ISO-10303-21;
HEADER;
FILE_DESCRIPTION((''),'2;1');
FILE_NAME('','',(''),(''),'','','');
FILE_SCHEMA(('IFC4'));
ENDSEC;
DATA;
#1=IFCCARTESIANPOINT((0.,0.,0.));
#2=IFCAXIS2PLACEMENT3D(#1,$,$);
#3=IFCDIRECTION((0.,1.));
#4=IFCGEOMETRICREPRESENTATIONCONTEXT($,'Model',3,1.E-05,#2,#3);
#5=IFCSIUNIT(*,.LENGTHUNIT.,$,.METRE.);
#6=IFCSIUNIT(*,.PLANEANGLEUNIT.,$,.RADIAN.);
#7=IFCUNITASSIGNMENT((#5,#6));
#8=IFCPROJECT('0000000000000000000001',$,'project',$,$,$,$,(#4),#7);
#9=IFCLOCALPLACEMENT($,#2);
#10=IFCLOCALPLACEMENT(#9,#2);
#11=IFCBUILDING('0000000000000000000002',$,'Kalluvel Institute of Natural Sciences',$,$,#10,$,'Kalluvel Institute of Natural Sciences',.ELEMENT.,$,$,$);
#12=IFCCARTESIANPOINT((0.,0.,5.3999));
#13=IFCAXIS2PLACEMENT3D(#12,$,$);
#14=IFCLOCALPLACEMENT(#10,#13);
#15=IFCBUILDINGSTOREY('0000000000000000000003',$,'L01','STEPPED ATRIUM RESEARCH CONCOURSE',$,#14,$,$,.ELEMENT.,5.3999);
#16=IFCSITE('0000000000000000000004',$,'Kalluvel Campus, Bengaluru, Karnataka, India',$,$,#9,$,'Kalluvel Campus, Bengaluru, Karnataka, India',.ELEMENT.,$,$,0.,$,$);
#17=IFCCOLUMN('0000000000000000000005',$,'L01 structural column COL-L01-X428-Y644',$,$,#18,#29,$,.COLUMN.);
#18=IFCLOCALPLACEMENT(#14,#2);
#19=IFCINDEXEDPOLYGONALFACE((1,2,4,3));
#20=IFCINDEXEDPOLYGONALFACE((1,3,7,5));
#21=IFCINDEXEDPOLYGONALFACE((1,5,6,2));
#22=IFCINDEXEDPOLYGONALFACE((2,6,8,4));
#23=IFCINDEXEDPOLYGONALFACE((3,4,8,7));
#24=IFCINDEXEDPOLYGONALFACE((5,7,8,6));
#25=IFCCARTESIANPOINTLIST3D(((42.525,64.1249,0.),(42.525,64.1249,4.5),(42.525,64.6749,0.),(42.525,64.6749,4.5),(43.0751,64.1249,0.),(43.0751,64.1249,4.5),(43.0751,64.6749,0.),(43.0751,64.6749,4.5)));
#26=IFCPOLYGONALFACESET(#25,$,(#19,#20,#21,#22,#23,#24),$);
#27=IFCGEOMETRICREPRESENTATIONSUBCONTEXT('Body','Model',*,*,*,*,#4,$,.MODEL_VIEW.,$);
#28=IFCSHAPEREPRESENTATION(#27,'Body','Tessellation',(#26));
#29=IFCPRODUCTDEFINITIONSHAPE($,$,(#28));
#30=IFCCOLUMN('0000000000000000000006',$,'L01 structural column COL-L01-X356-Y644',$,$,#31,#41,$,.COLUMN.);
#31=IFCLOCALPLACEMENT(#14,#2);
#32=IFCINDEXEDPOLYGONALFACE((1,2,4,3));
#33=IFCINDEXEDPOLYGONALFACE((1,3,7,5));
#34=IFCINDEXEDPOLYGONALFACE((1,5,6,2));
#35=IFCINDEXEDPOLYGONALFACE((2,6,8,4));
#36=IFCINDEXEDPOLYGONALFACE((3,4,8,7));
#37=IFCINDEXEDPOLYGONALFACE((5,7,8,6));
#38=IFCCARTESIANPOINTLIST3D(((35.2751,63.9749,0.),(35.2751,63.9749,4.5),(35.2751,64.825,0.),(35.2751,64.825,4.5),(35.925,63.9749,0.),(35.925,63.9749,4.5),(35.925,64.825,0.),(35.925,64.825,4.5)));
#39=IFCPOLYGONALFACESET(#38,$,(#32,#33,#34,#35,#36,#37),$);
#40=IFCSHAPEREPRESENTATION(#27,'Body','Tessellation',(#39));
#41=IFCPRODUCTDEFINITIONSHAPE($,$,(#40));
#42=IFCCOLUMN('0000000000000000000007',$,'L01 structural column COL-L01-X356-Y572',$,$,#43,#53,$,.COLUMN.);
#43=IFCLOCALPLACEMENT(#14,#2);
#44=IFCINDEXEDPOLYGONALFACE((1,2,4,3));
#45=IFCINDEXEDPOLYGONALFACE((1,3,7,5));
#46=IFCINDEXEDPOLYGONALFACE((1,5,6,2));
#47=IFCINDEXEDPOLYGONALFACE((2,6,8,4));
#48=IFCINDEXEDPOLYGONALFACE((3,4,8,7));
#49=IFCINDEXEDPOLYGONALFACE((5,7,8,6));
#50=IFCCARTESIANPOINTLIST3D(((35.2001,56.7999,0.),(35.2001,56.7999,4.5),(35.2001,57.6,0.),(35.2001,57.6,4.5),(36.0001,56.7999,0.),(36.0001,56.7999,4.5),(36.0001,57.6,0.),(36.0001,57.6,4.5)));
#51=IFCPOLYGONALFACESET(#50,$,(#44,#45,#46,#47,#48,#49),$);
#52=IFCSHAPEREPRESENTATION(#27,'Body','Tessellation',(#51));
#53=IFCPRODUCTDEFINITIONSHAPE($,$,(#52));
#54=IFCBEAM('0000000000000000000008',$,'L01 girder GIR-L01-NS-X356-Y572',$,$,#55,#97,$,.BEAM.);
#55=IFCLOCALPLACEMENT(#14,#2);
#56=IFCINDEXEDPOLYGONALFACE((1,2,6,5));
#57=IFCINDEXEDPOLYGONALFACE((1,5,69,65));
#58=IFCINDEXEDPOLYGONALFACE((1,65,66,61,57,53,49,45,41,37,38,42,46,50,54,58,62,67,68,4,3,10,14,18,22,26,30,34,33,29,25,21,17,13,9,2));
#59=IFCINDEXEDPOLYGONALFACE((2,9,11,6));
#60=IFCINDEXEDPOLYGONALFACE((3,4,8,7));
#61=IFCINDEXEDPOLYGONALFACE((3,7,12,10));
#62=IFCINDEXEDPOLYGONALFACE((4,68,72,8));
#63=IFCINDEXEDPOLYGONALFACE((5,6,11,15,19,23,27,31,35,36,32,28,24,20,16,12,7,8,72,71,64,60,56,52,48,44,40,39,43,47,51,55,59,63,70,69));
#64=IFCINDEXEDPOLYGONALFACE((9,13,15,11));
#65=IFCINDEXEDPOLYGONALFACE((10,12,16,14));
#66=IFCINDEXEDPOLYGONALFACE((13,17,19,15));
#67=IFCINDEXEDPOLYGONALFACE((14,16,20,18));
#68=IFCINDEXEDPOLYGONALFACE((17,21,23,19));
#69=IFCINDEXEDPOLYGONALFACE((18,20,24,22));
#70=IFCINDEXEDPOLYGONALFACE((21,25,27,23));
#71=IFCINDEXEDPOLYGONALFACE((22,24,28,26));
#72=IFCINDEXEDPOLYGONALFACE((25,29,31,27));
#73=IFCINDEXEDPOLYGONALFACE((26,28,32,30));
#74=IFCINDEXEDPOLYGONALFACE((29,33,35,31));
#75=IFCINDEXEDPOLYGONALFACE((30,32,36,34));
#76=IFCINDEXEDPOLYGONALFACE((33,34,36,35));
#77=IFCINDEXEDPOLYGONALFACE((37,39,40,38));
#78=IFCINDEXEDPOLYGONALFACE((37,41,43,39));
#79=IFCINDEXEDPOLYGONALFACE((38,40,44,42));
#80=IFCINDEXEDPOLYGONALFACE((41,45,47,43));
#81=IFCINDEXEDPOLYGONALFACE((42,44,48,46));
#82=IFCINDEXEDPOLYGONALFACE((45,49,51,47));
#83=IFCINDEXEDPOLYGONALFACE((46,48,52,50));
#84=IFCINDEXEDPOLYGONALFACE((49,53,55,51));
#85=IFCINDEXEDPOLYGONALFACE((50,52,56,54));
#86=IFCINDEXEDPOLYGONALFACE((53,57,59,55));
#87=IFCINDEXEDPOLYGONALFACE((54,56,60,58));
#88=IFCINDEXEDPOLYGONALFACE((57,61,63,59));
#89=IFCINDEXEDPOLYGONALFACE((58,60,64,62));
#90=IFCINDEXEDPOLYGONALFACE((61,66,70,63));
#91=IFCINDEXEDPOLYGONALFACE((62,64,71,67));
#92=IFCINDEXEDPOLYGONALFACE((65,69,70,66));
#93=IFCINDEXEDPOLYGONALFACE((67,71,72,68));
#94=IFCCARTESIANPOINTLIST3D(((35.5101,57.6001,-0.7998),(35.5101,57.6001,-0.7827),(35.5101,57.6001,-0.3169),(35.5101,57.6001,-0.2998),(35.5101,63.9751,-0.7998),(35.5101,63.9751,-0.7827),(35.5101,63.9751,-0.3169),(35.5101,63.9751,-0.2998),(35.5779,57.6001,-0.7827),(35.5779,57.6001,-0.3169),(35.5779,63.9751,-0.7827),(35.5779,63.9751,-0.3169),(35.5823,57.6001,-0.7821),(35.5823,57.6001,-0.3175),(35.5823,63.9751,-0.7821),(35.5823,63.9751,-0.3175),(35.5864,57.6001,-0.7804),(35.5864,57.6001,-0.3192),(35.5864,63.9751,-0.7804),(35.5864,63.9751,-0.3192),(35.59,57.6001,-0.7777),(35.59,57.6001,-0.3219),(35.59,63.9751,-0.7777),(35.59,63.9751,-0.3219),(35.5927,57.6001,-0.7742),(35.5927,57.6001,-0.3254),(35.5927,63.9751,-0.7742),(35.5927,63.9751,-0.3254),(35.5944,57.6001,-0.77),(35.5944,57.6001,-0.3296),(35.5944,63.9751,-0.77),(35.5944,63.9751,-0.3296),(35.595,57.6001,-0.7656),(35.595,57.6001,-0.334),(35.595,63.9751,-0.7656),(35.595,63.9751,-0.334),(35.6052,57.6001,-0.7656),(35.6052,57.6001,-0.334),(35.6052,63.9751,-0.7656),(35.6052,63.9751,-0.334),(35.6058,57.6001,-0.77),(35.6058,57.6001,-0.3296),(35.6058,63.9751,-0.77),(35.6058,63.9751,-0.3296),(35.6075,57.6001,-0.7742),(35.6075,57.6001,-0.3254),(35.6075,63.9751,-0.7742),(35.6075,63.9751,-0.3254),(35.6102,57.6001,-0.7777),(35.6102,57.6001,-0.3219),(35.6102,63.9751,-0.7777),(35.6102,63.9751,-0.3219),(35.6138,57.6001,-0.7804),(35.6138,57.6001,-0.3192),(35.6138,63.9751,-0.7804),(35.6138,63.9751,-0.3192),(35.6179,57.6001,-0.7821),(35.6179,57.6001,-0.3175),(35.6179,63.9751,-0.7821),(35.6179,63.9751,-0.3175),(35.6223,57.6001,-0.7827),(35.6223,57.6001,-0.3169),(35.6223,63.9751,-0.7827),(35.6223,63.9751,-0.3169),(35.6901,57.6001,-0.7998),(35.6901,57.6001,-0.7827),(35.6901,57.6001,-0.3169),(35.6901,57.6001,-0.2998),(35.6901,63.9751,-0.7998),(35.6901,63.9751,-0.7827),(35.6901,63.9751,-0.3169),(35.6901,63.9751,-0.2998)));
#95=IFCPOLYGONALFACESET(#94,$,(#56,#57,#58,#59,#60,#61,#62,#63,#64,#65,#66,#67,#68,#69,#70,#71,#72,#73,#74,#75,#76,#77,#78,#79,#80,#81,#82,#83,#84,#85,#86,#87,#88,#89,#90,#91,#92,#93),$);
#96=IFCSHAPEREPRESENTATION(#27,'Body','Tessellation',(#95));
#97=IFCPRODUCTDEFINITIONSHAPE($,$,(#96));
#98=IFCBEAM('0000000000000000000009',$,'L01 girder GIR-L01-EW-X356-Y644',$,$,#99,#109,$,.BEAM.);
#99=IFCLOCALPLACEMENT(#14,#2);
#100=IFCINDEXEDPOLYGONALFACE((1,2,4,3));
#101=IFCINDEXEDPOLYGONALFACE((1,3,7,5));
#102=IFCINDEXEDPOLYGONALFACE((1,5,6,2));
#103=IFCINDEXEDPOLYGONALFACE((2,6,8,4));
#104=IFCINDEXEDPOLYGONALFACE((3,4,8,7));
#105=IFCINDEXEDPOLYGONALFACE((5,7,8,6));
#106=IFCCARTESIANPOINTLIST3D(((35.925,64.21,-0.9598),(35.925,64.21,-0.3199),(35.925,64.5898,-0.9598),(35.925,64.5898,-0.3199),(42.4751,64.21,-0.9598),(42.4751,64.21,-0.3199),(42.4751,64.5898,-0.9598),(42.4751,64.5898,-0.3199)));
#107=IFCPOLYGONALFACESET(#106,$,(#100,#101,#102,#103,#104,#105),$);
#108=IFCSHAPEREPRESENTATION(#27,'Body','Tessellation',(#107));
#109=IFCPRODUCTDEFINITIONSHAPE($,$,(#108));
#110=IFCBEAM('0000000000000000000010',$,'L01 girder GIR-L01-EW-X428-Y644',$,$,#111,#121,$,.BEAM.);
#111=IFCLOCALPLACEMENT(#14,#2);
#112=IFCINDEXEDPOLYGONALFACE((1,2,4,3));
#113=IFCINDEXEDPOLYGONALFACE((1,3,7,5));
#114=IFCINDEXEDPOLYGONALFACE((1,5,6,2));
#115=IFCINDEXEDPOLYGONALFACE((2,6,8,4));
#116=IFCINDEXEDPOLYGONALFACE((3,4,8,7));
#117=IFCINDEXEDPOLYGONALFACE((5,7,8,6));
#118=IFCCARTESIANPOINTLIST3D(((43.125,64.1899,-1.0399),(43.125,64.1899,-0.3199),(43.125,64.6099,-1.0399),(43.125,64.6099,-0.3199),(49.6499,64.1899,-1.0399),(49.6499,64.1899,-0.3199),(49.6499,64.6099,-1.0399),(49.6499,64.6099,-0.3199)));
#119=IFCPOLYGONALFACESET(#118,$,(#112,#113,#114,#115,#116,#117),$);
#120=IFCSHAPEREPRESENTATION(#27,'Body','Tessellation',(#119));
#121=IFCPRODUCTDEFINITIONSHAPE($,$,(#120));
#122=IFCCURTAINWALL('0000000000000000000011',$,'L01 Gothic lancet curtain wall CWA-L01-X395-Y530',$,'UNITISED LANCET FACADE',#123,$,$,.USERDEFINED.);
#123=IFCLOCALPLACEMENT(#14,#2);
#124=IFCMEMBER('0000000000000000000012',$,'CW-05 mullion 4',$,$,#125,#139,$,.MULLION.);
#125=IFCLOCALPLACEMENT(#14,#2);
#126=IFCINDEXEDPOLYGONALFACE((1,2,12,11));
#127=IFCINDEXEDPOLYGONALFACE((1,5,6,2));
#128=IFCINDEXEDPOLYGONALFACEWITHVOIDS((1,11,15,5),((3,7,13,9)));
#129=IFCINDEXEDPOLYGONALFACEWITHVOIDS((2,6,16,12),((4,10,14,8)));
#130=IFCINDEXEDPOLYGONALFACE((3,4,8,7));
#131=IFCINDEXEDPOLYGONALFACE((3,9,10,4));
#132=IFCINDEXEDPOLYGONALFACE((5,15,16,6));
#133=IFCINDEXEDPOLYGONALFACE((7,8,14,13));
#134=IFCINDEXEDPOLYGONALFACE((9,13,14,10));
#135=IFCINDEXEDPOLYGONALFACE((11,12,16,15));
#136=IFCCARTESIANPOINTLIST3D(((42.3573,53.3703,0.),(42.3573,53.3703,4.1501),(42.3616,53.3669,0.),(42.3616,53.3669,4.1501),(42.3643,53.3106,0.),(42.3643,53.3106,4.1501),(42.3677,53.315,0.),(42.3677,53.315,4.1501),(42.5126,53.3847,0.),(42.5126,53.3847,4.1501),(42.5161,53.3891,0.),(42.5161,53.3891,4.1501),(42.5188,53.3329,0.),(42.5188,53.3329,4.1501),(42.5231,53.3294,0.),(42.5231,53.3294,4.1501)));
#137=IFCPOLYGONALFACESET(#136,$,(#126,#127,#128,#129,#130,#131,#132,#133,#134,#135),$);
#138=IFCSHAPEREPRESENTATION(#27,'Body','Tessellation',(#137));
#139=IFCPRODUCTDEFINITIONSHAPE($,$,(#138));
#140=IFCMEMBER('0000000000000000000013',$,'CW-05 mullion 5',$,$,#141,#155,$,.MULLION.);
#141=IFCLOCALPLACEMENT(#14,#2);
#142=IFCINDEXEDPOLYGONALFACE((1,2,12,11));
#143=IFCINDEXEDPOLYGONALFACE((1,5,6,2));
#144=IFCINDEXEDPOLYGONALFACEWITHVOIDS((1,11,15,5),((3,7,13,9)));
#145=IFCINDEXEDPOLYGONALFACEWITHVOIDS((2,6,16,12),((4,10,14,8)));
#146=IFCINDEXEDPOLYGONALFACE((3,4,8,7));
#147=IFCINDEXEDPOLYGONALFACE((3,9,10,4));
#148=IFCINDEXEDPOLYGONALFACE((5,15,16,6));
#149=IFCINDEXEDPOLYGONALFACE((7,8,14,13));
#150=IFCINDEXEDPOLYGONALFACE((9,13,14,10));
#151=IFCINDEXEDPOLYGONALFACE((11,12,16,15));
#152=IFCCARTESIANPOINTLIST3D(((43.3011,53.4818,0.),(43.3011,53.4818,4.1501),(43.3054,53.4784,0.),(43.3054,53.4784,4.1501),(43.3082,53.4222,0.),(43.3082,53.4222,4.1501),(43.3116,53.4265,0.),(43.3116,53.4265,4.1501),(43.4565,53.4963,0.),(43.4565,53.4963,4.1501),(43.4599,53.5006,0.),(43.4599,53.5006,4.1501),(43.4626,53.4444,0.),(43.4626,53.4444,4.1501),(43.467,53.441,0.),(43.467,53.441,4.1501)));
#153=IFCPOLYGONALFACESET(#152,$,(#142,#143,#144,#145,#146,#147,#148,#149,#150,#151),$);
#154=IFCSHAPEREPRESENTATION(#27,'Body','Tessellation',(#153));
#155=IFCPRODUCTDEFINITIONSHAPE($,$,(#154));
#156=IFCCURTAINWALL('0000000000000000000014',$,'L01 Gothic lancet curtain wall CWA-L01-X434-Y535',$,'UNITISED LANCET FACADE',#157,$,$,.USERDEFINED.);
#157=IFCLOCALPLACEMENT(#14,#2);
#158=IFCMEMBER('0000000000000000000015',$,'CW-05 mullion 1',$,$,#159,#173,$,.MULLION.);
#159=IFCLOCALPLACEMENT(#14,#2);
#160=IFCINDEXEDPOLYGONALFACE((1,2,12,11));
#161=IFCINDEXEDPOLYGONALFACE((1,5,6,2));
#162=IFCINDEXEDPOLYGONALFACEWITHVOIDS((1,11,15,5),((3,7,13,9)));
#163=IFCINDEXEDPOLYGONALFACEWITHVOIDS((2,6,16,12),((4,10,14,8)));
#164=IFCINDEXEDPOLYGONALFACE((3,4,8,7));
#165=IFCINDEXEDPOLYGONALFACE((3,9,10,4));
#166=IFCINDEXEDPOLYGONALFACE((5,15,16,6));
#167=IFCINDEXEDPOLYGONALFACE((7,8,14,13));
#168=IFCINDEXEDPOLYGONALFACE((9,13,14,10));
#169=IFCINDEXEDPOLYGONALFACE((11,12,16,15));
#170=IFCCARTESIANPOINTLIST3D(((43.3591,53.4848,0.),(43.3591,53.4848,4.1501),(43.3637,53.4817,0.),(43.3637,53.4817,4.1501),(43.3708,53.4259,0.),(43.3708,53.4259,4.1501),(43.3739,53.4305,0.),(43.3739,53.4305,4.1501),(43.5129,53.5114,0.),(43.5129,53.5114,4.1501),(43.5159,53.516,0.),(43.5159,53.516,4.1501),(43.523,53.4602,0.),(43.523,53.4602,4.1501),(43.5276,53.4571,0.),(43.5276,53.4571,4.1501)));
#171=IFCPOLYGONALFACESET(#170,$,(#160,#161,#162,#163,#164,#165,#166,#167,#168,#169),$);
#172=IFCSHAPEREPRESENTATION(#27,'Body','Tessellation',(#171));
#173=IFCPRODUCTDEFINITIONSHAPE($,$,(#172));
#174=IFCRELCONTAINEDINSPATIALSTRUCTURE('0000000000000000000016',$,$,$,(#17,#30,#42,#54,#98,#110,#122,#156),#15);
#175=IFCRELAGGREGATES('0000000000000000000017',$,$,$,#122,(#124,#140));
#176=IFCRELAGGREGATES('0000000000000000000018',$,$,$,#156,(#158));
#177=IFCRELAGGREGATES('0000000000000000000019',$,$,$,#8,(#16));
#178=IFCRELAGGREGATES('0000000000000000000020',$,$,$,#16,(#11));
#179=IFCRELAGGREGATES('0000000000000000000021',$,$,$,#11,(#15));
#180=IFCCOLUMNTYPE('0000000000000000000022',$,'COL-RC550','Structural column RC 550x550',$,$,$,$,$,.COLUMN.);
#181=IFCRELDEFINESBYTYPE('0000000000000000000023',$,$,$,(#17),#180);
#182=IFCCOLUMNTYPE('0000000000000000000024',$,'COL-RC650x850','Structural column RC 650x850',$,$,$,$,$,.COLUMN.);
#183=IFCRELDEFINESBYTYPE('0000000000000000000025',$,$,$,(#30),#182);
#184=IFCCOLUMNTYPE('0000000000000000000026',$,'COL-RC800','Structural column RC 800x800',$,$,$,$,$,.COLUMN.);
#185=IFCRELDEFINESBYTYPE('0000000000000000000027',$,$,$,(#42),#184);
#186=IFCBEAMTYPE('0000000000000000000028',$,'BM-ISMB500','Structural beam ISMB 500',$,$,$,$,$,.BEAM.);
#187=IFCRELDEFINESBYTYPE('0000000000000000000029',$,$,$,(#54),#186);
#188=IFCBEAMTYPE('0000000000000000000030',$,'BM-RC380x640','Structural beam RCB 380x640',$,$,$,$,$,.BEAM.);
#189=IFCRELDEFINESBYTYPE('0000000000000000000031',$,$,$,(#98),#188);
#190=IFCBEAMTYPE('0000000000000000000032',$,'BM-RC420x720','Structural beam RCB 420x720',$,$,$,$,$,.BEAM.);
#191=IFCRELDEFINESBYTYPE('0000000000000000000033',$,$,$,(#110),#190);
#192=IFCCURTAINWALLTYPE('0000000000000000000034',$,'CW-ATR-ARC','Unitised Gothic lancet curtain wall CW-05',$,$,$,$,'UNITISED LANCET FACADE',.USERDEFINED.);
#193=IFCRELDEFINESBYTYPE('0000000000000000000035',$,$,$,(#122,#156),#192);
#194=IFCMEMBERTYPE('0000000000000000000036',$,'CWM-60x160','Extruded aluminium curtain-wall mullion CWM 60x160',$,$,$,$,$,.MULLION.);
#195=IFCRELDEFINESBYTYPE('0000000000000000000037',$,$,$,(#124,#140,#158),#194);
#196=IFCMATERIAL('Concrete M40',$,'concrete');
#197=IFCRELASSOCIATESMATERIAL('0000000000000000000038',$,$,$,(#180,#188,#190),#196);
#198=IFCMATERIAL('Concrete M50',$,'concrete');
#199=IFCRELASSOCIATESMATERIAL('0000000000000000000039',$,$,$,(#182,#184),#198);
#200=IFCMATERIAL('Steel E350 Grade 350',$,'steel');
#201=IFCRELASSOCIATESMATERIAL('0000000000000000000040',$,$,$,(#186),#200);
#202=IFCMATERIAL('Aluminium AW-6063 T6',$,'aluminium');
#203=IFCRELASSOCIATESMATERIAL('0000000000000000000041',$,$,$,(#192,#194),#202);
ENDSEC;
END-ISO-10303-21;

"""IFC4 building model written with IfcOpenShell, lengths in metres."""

from ifc_helpers import new_model, si_unit, direction, frame, origin, origin_2d, place, context, subcontext, project, spatial, rectangle, hollow_rectangle, i_section, extrude, material, material_profile, profile_set, type_object, element, aggregate, save


model = new_model("IFC4")

# Units and contexts
model_context = context("Model", 3, precision=1e-05, world=origin(), true_north=direction((0.0, 1.0)))
body_context = subcontext(model_context, "Body", "Model", "MODEL_VIEW")
ifc_project = project(units=[si_unit("LENGTHUNIT", "METRE"), si_unit("PLANEANGLEUNIT", "RADIAN")], contexts=[model_context])

# Site, building, storey
site_placement = place(None, origin())
site = spatial("IfcSite", under=ifc_project, at=site_placement, Name="Kalluvel Campus, Bengaluru, Karnataka, India", LongName="Kalluvel Campus, Bengaluru, Karnataka, India", CompositionType="ELEMENT", RefElevation=0.0)
building_placement = place(site_placement, origin())
building = spatial("IfcBuilding", under=site, at=building_placement, Name="Kalluvel Institute of Natural Sciences", LongName="Kalluvel Institute of Natural Sciences", CompositionType="ELEMENT")
storey_placement = place(building_placement, frame((0.0, 0.0, 5.3999)))
storey = spatial("IfcBuildingStorey", under=building, at=storey_placement, Name="L01", Description="STEPPED ATRIUM RESEARCH CONCOURSE", CompositionType="ELEMENT", Elevation=5.3999)

# Columns
ifc_material_1 = material(Name="Concrete M40", Category="concrete")
ifc_material_profile_1 = material_profile(ifc_material_1, rectangle(XDim=0.55, YDim=0.55, at=origin_2d()), Name="RC 550x550")
ifc_profile_set_1 = profile_set([ifc_material_profile_1], Name="Concrete M40")
column_type_1 = type_object("IfcColumnType", Name="COL-RC550", Description="Structural column RC 550x550", PredefinedType="COLUMN", material=ifc_profile_set_1)
column_1_placement = place(storey_placement, frame((42.8, 64.3999, 0.0), z_axis=(0.0, 0.0, 1.0), x_axis=(1.0, 0.0, 0.0)))
element("IfcColumn", 1, at=column_1_placement, inside=storey, type_object=column_type_1, Name="L01 structural column COL-L01-X428-Y644", PredefinedType="COLUMN", context=body_context, shape_type="SweptSolid", body=[
    extrude(rectangle(XDim=0.55, YDim=0.55, at=origin_2d()), origin(), (0.0, 0.0, 1.0), 4.5),
])
ifc_material_2 = material(Name="Concrete M50", Category="concrete")
ifc_material_profile_2 = material_profile(ifc_material_2, rectangle(XDim=0.6499, YDim=0.8501, at=origin_2d()), Name="RC 650x850")
ifc_profile_set_2 = profile_set([ifc_material_profile_2], Name="Concrete M50")
column_type_2 = type_object("IfcColumnType", Name="COL-RC650x850", Description="Structural column RC 650x850", PredefinedType="COLUMN", material=ifc_profile_set_2)
column_2_placement = place(storey_placement, frame((35.6001, 64.3999, 0.0), z_axis=(0.0, 0.0, 1.0), x_axis=(1.0, 0.0, 0.0)))
element("IfcColumn", 2, at=column_2_placement, inside=storey, type_object=column_type_2, Name="L01 structural column COL-L01-X356-Y644", PredefinedType="COLUMN", context=body_context, shape_type="SweptSolid", body=[
    extrude(rectangle(XDim=0.6499, YDim=0.8501, at=origin_2d()), origin(), (0.0, 0.0, 1.0), 4.5),
])
ifc_material_profile_3 = material_profile(ifc_material_2, rectangle(XDim=0.8, YDim=0.8, at=origin_2d()), Name="RC 800x800")
ifc_profile_set_3 = profile_set([ifc_material_profile_3], Name="Concrete M50")
column_type_3 = type_object("IfcColumnType", Name="COL-RC800", Description="Structural column RC 800x800", PredefinedType="COLUMN", material=ifc_profile_set_3)
column_3_placement = place(storey_placement, frame((35.6001, 57.2, 0.0), z_axis=(0.0, 0.0, 1.0), x_axis=(1.0, 0.0, 0.0)))
element("IfcColumn", 3, at=column_3_placement, inside=storey, type_object=column_type_3, Name="L01 structural column COL-L01-X356-Y572", PredefinedType="COLUMN", context=body_context, shape_type="SweptSolid", body=[
    extrude(rectangle(XDim=0.8, YDim=0.8, at=origin_2d()), origin(), (0.0, 0.0, 1.0), 4.5),
])

# Beams
ifc_material_3 = material(Name="Steel E350 Grade 350", Category="steel")
ifc_material_profile_4 = material_profile(ifc_material_3, i_section(OverallWidth=0.1799, OverallDepth=0.5, WebThickness=0.0103, FlangeThickness=0.0171, FilletRadius=0.0171, at=origin_2d()), Name="ISMB 500")
ifc_profile_set_4 = profile_set([ifc_material_profile_4], Name="Steel E350 Grade 350")
beam_type_1 = type_object("IfcBeamType", Name="BM-ISMB500", Description="Structural beam ISMB 500", PredefinedType="BEAM", material=ifc_profile_set_4)
beam_1_placement = place(storey_placement, frame((35.6001, 57.6001, -0.5498), z_axis=(0.0, 1.0, 0.0), x_axis=(-1.0, 0.0, 0.0)))
element("IfcBeam", 4, at=beam_1_placement, inside=storey, type_object=beam_type_1, Name="L01 girder GIR-L01-NS-X356-Y572", PredefinedType="BEAM", context=body_context, shape_type="SweptSolid", body=[
    extrude(i_section(OverallWidth=0.1799, OverallDepth=0.5, WebThickness=0.0103, FlangeThickness=0.0171, FilletRadius=0.0171, at=origin_2d()), origin(), (0.0, 0.0, 1.0), 6.375),
])
ifc_material_profile_5 = material_profile(ifc_material_1, rectangle(XDim=0.3799, YDim=0.6399, at=origin_2d()), Name="RCB 380x640")
ifc_profile_set_5 = profile_set([ifc_material_profile_5], Name="Concrete M40")
beam_type_2 = type_object("IfcBeamType", Name="BM-RC380x640", Description="Structural beam RCB 380x640", PredefinedType="BEAM", material=ifc_profile_set_5)
beam_2_placement = place(storey_placement, frame((35.925, 64.3999, -0.6399), z_axis=(1.0, 0.0, 0.0), x_axis=(0.0, 1.0, 0.0)))
element("IfcBeam", 5, at=beam_2_placement, inside=storey, type_object=beam_type_2, Name="L01 girder GIR-L01-EW-X356-Y644", PredefinedType="BEAM", context=body_context, shape_type="SweptSolid", body=[
    extrude(rectangle(XDim=0.3799, YDim=0.6399, at=origin_2d()), origin(), (0.0, 0.0, 1.0), 6.55),
])
ifc_material_profile_6 = material_profile(ifc_material_1, rectangle(XDim=0.4199, YDim=0.72, at=origin_2d()), Name="RCB 420x720")
ifc_profile_set_6 = profile_set([ifc_material_profile_6], Name="Concrete M40")
beam_type_3 = type_object("IfcBeamType", Name="BM-RC420x720", Description="Structural beam RCB 420x720", PredefinedType="BEAM", material=ifc_profile_set_6)
beam_3_placement = place(storey_placement, frame((43.125, 64.3999, -0.6799), z_axis=(1.0, 0.0, 0.0), x_axis=(0.0, 1.0, 0.0)))
element("IfcBeam", 6, at=beam_3_placement, inside=storey, type_object=beam_type_3, Name="L01 girder GIR-L01-EW-X428-Y644", PredefinedType="BEAM", context=body_context, shape_type="SweptSolid", body=[
    extrude(rectangle(XDim=0.4199, YDim=0.72, at=origin_2d()), origin(), (0.0, 0.0, 1.0), 6.5249),
])

# Curtain wall, members
ifc_material_4 = material(Name="Aluminium AW-6063 T6", Category="aluminium")
curtain_wall_type = type_object("IfcCurtainWallType", Name="CW-ATR-ARC", Description="Unitised Gothic lancet curtain wall CW-05", ElementType="UNITISED LANCET FACADE", PredefinedType="USERDEFINED", material=ifc_material_4)
curtain_wall_1_placement = place(storey_placement, origin())
curtain_wall_1 = element("IfcCurtainWall", 7, at=curtain_wall_1_placement, inside=storey, type_object=curtain_wall_type, Name="L01 Gothic lancet curtain wall CWA-L01-X395-Y530", ObjectType="UNITISED LANCET FACADE", PredefinedType="USERDEFINED")
ifc_material_profile_7 = material_profile(ifc_material_4, hollow_rectangle(XDim=0.0601, YDim=0.1599, WallThickness=0.0039, at=origin_2d()), Name="CWM 60x160")
ifc_profile_set_7 = profile_set([ifc_material_profile_7], Name="Aluminium AW-6063 T6")
member_type_1 = type_object("IfcMemberType", Name="CWM-60x160", Description="Extruded aluminium curtain-wall mullion CWM 60x160", PredefinedType="MULLION", material=ifc_profile_set_7)
member_1_placement = place(storey_placement, frame((42.4402, 53.3499, 0.0), z_axis=(0.0, 0.0, 1.0), x_axis=(-0.117539, 0.993068, 0.0)))
member_1 = element("IfcMember", 8, at=member_1_placement, type_object=member_type_1, Name="CW-05 mullion 4", PredefinedType="MULLION", context=body_context, shape_type="SweptSolid", body=[
    extrude(hollow_rectangle(XDim=0.0601, YDim=0.1599, WallThickness=0.0039, at=origin_2d()), origin(), (0.0, 0.0, 1.0), 4.1501),
])
member_2_placement = place(storey_placement, frame((43.384, 53.4614, 0.0), z_axis=(0.0, 0.0, 1.0), x_axis=(-0.117539, 0.993068, 0.0)))
member_2 = element("IfcMember", 9, at=member_2_placement, type_object=member_type_1, Name="CW-05 mullion 5", PredefinedType="MULLION", context=body_context, shape_type="SweptSolid", body=[
    extrude(hollow_rectangle(XDim=0.0601, YDim=0.1599, WallThickness=0.0039, at=origin_2d()), origin(), (0.0, 0.0, 1.0), 4.1501),
])

# Curtain wall, member
curtain_wall_2_placement = place(storey_placement, origin())
curtain_wall_2 = element("IfcCurtainWall", 10, at=curtain_wall_2_placement, inside=storey, type_object=curtain_wall_type, Name="L01 Gothic lancet curtain wall CWA-L01-X434-Y535", ObjectType="UNITISED LANCET FACADE", PredefinedType="USERDEFINED")
member_3_placement = place(storey_placement, frame((43.4434, 53.4709, 0.0), z_axis=(0.0, 0.0, 1.0), x_axis=(-0.195077, 0.980788, 0.0)))
member_3 = element("IfcMember", 11, at=member_3_placement, type_object=member_type_1, Name="CW-05 mullion 1", PredefinedType="MULLION", context=body_context, shape_type="SweptSolid", body=[
    extrude(hollow_rectangle(XDim=0.0601, YDim=0.1599, WallThickness=0.0039, at=origin_2d()), origin(), (0.0, 0.0, 1.0), 4.1501),
])

aggregate(curtain_wall_1, [member_1, member_2])
aggregate(curtain_wall_2, [member_3])

save(model, "model.ifc")
